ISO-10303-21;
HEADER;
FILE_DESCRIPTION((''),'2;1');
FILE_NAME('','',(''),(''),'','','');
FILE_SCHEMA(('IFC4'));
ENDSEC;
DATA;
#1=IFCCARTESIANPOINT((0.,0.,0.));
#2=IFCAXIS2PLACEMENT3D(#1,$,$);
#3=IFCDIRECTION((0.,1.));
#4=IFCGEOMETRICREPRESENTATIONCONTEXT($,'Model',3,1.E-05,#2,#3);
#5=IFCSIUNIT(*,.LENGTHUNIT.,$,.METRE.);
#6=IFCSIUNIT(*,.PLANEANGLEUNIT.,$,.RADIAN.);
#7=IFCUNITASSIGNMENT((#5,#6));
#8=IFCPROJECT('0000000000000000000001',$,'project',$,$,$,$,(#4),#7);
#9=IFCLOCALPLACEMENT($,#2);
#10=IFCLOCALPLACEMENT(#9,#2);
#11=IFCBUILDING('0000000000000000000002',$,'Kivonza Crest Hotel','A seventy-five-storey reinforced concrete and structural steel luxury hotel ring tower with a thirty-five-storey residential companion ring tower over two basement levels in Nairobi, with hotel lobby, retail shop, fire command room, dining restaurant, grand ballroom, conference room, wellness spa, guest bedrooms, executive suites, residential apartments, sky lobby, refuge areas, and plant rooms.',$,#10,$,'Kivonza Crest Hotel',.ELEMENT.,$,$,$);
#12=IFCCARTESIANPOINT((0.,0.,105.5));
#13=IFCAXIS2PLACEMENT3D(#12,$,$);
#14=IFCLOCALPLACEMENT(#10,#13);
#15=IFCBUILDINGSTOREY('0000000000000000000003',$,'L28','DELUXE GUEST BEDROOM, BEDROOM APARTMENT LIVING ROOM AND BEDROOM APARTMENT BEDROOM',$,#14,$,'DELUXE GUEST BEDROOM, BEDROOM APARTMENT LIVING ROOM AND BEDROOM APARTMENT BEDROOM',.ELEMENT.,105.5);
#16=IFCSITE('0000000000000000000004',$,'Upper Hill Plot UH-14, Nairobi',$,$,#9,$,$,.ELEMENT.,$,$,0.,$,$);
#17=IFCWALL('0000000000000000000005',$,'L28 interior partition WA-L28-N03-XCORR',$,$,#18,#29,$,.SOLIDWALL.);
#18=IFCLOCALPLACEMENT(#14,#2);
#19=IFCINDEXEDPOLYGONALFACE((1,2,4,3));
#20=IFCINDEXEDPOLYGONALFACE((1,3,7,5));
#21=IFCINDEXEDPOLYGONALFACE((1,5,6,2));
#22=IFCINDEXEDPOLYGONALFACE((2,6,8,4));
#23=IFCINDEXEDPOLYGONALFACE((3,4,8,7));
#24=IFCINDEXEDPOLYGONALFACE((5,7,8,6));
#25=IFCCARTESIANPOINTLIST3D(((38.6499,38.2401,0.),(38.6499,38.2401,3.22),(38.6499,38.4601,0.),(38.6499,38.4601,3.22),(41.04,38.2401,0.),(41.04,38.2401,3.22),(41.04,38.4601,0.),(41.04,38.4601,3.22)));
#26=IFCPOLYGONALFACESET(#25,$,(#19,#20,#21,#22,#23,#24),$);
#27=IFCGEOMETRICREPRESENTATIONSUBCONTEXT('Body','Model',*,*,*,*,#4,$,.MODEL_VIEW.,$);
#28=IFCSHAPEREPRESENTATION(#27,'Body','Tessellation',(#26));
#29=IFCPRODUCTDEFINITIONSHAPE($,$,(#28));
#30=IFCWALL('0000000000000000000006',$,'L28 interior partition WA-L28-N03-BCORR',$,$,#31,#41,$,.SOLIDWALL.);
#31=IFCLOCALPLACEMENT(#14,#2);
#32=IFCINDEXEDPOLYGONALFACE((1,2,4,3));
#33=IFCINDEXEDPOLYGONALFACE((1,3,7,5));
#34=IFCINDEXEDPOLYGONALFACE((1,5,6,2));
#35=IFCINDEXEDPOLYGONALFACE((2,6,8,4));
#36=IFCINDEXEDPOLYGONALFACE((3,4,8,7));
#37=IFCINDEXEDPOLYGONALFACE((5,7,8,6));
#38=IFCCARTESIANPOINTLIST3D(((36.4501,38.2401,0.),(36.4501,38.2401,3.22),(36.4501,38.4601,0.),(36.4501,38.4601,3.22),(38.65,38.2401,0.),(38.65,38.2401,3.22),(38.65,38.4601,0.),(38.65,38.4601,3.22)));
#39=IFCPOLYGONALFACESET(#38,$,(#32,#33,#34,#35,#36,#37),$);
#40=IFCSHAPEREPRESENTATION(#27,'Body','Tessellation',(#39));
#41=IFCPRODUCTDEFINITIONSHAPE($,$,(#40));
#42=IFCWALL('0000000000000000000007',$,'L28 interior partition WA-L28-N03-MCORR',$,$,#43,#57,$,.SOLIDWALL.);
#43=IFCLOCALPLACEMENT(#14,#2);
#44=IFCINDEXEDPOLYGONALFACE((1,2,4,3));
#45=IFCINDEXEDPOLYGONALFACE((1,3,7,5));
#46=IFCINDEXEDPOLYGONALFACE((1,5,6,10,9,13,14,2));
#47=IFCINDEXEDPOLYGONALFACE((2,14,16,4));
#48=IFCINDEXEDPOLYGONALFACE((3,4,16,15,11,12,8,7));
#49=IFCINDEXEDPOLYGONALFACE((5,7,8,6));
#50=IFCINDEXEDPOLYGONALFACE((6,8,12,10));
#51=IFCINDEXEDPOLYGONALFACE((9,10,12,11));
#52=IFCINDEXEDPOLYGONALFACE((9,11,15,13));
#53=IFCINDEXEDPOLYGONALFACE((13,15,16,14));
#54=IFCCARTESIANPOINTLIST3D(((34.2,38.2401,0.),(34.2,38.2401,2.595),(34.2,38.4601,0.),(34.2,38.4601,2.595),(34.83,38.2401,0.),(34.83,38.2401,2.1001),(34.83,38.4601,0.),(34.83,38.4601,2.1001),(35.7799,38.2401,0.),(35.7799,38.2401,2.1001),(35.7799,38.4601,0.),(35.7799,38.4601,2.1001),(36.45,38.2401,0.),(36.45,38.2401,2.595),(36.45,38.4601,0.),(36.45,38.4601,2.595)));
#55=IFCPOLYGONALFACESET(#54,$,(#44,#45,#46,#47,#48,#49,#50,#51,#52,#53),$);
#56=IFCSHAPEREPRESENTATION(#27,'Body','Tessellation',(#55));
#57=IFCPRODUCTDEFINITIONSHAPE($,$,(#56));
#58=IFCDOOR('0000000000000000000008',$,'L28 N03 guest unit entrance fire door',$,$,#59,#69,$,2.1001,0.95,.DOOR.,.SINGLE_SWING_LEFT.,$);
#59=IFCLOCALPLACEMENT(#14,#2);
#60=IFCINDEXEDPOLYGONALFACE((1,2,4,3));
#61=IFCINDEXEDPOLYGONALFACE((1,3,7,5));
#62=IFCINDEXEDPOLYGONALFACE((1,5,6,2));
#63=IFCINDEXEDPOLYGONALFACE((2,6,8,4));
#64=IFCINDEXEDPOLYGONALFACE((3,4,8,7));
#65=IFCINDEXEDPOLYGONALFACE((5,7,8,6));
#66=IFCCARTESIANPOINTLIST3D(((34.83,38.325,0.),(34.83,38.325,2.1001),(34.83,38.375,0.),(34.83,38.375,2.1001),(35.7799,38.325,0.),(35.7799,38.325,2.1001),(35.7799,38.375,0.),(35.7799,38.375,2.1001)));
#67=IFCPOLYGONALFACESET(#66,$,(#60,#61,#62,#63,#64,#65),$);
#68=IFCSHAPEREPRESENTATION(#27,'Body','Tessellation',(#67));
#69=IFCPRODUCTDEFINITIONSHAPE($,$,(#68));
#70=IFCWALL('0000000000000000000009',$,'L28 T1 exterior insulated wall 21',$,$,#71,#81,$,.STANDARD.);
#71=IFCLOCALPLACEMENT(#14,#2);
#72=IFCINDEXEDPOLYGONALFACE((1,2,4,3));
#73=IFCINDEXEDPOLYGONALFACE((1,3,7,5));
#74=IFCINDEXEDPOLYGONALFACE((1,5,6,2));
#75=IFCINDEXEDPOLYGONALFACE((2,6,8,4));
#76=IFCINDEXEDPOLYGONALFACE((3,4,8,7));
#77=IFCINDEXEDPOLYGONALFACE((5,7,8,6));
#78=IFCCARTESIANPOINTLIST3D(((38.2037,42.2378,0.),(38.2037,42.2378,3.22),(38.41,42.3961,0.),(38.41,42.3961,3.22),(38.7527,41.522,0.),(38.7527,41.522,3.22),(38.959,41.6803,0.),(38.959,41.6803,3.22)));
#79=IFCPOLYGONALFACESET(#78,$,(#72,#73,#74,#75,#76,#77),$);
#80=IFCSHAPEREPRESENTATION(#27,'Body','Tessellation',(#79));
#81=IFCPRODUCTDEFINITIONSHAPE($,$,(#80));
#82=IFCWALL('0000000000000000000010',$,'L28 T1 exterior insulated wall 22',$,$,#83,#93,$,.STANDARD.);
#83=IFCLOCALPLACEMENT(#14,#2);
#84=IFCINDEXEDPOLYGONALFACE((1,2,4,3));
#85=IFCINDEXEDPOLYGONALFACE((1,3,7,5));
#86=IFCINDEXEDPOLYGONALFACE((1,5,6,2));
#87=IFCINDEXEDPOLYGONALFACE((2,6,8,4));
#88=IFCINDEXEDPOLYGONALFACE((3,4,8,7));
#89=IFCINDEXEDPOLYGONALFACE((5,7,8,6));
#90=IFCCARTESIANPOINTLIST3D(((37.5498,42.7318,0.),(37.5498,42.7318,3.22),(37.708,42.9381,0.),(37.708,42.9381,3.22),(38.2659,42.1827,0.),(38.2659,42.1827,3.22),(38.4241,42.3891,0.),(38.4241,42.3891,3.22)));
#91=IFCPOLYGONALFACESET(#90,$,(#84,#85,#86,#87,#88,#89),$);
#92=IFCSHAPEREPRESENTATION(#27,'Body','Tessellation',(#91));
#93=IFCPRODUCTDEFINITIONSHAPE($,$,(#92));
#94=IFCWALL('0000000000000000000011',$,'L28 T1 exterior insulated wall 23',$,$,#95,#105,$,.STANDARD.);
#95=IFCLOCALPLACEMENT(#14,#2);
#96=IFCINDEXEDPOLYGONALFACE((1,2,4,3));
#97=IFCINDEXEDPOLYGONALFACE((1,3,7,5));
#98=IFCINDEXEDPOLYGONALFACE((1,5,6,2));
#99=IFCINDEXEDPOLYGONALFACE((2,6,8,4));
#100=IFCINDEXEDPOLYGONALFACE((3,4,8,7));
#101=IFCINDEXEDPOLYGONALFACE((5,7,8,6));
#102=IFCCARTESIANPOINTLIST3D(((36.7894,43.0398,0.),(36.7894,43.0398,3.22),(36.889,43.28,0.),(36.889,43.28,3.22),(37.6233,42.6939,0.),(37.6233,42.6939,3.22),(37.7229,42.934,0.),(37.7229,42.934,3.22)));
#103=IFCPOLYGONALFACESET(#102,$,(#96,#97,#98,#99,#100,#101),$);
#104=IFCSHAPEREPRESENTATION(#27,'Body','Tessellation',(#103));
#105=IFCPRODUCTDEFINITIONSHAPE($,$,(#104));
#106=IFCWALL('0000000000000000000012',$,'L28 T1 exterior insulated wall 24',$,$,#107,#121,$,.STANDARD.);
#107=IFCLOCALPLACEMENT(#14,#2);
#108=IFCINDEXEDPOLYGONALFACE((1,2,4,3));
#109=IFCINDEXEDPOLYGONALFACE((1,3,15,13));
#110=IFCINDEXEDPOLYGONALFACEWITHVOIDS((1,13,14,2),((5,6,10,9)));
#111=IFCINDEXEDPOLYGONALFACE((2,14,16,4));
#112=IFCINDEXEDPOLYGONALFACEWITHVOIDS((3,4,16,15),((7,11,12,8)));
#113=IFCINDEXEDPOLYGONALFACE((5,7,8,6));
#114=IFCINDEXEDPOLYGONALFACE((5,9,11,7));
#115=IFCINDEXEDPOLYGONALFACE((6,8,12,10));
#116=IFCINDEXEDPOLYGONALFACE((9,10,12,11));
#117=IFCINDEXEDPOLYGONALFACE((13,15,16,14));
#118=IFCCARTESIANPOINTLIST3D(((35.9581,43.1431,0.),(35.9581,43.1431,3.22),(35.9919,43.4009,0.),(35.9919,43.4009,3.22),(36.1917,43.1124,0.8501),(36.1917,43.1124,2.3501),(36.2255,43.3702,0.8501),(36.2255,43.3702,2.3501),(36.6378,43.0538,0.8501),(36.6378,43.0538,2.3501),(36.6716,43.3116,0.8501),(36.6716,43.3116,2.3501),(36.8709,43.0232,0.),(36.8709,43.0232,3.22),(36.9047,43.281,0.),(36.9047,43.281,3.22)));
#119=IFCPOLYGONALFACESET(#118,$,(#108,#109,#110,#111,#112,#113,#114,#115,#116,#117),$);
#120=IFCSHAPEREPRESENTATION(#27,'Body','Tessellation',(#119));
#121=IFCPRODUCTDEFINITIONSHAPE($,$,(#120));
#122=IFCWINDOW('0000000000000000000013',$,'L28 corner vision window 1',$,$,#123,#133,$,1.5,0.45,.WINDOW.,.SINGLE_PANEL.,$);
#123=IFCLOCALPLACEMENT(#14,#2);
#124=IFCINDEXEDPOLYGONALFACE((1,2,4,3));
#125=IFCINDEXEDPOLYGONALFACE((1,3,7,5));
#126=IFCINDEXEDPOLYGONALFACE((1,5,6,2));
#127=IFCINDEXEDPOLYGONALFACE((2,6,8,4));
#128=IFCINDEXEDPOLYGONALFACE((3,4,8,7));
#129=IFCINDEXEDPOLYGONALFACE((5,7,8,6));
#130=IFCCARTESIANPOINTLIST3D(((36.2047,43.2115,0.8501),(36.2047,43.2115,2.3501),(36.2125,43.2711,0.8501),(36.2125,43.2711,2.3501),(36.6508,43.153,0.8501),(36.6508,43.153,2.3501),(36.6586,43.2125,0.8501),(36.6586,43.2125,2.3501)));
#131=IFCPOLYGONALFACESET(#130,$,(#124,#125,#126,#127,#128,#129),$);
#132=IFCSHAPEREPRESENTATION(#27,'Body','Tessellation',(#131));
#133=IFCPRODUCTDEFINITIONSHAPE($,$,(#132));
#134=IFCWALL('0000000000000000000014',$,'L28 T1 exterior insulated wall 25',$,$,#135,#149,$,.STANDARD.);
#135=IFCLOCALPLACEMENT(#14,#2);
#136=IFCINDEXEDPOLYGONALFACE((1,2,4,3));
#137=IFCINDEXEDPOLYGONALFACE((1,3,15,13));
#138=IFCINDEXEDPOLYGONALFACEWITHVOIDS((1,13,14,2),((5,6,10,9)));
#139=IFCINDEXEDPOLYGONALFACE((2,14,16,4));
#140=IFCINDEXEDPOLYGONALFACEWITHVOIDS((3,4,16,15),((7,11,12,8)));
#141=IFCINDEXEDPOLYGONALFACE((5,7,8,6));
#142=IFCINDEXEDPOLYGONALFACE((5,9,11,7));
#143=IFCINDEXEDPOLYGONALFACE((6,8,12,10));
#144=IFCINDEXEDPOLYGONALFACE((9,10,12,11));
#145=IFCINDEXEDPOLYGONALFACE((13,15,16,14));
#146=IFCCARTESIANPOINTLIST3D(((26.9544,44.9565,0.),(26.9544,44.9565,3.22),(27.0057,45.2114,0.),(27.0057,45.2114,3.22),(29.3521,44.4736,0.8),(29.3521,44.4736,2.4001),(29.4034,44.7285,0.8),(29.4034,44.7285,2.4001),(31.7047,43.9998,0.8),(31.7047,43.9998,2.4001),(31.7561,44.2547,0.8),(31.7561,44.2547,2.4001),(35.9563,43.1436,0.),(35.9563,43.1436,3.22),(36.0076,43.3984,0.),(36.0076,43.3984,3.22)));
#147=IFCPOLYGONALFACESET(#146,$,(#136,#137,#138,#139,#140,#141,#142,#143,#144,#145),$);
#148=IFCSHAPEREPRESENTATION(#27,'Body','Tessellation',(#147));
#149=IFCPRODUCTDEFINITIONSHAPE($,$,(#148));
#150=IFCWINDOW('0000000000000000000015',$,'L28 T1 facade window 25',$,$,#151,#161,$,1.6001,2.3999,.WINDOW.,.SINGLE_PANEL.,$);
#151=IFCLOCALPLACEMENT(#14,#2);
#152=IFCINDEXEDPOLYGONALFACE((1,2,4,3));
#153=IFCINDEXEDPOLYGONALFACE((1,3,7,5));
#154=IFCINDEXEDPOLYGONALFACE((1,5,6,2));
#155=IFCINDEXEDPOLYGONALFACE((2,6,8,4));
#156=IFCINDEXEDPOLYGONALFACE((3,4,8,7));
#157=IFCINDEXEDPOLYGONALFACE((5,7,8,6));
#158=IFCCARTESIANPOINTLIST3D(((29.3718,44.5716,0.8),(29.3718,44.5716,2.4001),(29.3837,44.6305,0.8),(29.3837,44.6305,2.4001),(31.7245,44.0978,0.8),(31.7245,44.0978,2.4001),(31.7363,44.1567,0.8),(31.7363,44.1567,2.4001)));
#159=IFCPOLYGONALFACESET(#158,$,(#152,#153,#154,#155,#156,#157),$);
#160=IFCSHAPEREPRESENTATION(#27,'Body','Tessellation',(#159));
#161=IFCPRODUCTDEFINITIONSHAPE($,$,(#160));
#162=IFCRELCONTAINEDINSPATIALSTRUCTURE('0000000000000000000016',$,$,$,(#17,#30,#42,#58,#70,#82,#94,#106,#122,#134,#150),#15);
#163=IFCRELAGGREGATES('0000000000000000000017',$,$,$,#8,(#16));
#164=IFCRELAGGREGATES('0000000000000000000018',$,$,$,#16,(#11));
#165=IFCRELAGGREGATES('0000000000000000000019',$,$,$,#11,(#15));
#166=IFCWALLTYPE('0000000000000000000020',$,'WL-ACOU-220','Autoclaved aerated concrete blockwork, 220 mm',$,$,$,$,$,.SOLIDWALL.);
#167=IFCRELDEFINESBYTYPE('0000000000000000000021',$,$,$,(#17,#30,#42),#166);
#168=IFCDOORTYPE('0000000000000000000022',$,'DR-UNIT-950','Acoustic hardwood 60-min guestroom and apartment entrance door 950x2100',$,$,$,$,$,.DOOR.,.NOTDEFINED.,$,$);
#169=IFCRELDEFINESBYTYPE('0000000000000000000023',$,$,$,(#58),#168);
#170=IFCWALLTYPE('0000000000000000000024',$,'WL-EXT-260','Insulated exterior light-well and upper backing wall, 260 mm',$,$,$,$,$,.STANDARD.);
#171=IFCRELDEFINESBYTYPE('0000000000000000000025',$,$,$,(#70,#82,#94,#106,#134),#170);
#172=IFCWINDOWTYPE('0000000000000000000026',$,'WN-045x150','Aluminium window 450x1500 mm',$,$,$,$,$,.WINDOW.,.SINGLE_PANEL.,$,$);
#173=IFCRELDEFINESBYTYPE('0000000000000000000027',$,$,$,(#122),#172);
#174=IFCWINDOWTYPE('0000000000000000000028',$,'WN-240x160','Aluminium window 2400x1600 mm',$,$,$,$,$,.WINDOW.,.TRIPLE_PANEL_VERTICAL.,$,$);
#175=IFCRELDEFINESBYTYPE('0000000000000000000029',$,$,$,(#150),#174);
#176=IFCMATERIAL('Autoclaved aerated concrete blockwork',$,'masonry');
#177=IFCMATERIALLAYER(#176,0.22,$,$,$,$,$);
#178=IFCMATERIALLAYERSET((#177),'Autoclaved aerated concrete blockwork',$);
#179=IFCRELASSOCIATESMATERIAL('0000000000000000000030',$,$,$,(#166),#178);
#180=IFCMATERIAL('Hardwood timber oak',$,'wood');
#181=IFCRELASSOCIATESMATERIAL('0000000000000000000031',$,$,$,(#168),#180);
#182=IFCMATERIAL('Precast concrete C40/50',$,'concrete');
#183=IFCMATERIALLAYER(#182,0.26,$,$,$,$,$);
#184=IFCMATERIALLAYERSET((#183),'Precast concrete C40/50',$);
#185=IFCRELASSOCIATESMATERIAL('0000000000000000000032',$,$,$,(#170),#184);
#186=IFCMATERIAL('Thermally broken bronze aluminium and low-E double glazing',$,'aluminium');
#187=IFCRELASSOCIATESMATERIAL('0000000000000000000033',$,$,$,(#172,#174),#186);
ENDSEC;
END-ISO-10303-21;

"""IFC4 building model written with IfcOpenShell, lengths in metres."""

from ifc_helpers import new_model, si_unit, direction, frame, frame_2d, origin, place, context, subcontext, project, spatial, rectangle, extrude, material, layer, layer_set, type_object, element, fill, save


model = new_model("IFC4")

# Units and contexts
model_context = context("Model", 3, precision=1e-05, world=origin(), true_north=direction((0.0, 1.0)))
body_context = subcontext(model_context, "Body", "Model", "MODEL_VIEW")
ifc_project = project(units=[si_unit("LENGTHUNIT", "METRE"), si_unit("PLANEANGLEUNIT", "RADIAN")], contexts=[model_context])

# Site, building, storey
site_placement = place(None, origin())
site = spatial("IfcSite", under=ifc_project, at=site_placement, Name="Upper Hill Plot UH-14, Nairobi", CompositionType="ELEMENT", RefElevation=0.0)
building_placement = place(site_placement, origin())
building = spatial("IfcBuilding", under=site, at=building_placement, Name="Kivonza Crest Hotel", Description="A seventy-five-storey reinforced concrete and structural steel luxury hotel ring tower with a thirty-five-storey residential companion ring tower over two basement levels in Nairobi, with hotel lobby, retail shop, fire command room, dining restaurant, grand ballroom, conference room, wellness spa, guest bedrooms, executive suites, residential apartments, sky lobby, refuge areas, and plant rooms.", LongName="Kivonza Crest Hotel", CompositionType="ELEMENT")
storey_placement = place(building_placement, frame((0.0, 0.0, 105.5)))
storey = spatial("IfcBuildingStorey", under=building, at=storey_placement, Name="L28", Description="DELUXE GUEST BEDROOM, BEDROOM APARTMENT LIVING ROOM AND BEDROOM APARTMENT BEDROOM", LongName="DELUXE GUEST BEDROOM, BEDROOM APARTMENT LIVING ROOM AND BEDROOM APARTMENT BEDROOM", CompositionType="ELEMENT", Elevation=105.5)

# Shared definitions
ifc_material_1 = material(Name="Autoclaved aerated concrete blockwork", Category="masonry")
ifc_layer_1 = layer(ifc_material_1, 0.22)
ifc_layer_set_1 = layer_set([ifc_layer_1], Name="Autoclaved aerated concrete blockwork")
wall_type_1 = type_object("IfcWallType", Name="WL-ACOU-220", Description="Autoclaved aerated concrete blockwork, 220 mm", PredefinedType="SOLIDWALL", material=ifc_layer_set_1)
ifc_material_2 = material(Name="Hardwood timber oak", Category="wood")
door_type_1 = type_object("IfcDoorType", Name="DR-UNIT-950", Description="Acoustic hardwood 60-min guestroom and apartment entrance door 950x2100", OperationType="NOTDEFINED", PredefinedType="DOOR", material=ifc_material_2)

# Walls
wall_1_placement = place(storey_placement, frame((38.6499, 38.3501, 0.0), z_axis=(0.0, 0.0, 1.0), x_axis=(1.0, 0.0, 0.0)))
element("IfcWall", 1, at=wall_1_placement, inside=storey, type_object=wall_type_1, Name="L28 interior partition WA-L28-N03-XCORR", PredefinedType="SOLIDWALL", context=body_context, shape_type="SweptSolid", body=[
    extrude(rectangle(XDim=2.3901, YDim=0.22, at=frame_2d((1.1951, 0.0))), origin(), (0.0, 0.0, 1.0), 3.22),
])
wall_2_placement = place(storey_placement, frame((36.45, 38.3501, 0.0), z_axis=(0.0, 0.0, 1.0), x_axis=(1.0, 0.0, 0.0)))
element("IfcWall", 2, at=wall_2_placement, inside=storey, type_object=wall_type_1, Name="L28 interior partition WA-L28-N03-BCORR", PredefinedType="SOLIDWALL", context=body_context, shape_type="SweptSolid", body=[
    extrude(rectangle(XDim=2.2, YDim=0.22, at=frame_2d((1.1001, 0.0))), origin(), (0.0, 0.0, 1.0), 3.22),
])

# Wall, opening, door
wall_3_placement = place(storey_placement, frame((34.2, 38.3501, 0.0), z_axis=(0.0, 0.0, 1.0), x_axis=(1.0, 0.0, 0.0)))
wall_3 = element("IfcWall", 3, at=wall_3_placement, inside=storey, type_object=wall_type_1, Name="L28 interior partition WA-L28-N03-MCORR", PredefinedType="SOLIDWALL", context=body_context, shape_type="SweptSolid", body=[
    extrude(rectangle(XDim=2.25, YDim=0.22, at=frame_2d((1.125, 0.0))), origin(), (0.0, 0.0, 1.0), 2.595),
])
opening_1_placement = place(wall_3_placement, frame((0.6299, 0.0, 0.0)))
opening_1 = element("IfcOpeningElement", 4, at=opening_1_placement, cuts=wall_3, PredefinedType="OPENING", context=body_context, shape_type="SweptSolid", body=[
    extrude(rectangle(XDim=0.95, YDim=2.1001, at=frame_2d((0.4751, 1.05))), frame((0.0, 0.1201, 0.0), z_axis=(0.0, -1.0, 0.0), x_axis=(1.0, 0.0, 0.0)), (0.0, 0.0, 1.0), 0.24),
])
door_1_placement = place(opening_1_placement, origin())
door_1 = element("IfcDoor", 5, at=door_1_placement, inside=storey, type_object=door_type_1, Name="L28 N03 guest unit entrance fire door", OperationType="SINGLE_SWING_LEFT", OverallHeight=2.1001, OverallWidth=0.95, PredefinedType="DOOR", context=body_context, shape_type="SweptSolid", body=[
    extrude(rectangle(XDim=0.95, YDim=2.1001, at=frame_2d((0.4751, 1.05))), frame((0.0, 0.0249, 0.0), z_axis=(0.0, -1.0, 0.0), x_axis=(1.0, 0.0, 0.0)), (0.0, 0.0, 1.0), 0.05),
])
fill(opening_1, door_1)

# Walls
ifc_material_3 = material(Name="Precast concrete C40/50", Category="concrete")
ifc_layer_2 = layer(ifc_material_3, 0.26)
ifc_layer_set_2 = layer_set([ifc_layer_2], Name="Precast concrete C40/50")
wall_type_2 = type_object("IfcWallType", Name="WL-EXT-260", Description="Insulated exterior light-well and upper backing wall, 260 mm", PredefinedType="STANDARD", material=ifc_layer_set_2)
wall_4_placement = place(storey_placement, frame((38.856, 41.6011, 0.0), z_axis=(0.0, 0.0, 1.0), x_axis=(-0.608625, 0.793458, 0.0)))
element("IfcWall", 6, at=wall_4_placement, inside=storey, type_object=wall_type_2, Name="L28 T1 exterior insulated wall 21", PredefinedType="STANDARD", context=body_context, shape_type="SweptSolid", body=[
    extrude(rectangle(XDim=0.9021, YDim=0.26, at=frame_2d((0.4512, 0.0))), origin(), (0.0, 0.0, 1.0), 3.22),
])
wall_5_placement = place(storey_placement, frame((38.345, 42.2859, 0.0), z_axis=(0.0, 0.0, 1.0), x_axis=(-0.793558, 0.608494, 0.0)))
element("IfcWall", 7, at=wall_5_placement, inside=storey, type_object=wall_type_2, Name="L28 T1 exterior insulated wall 22", PredefinedType="STANDARD", context=body_context, shape_type="SweptSolid", body=[
    extrude(rectangle(XDim=0.9023, YDim=0.26, at=frame_2d((0.4512, 0.0))), origin(), (0.0, 0.0, 1.0), 3.22),
])
wall_6_placement = place(storey_placement, frame((37.6731, 42.814, 0.0), z_axis=(0.0, 0.0, 1.0), x_axis=(-0.923684, 0.383156, 0.0)))
element("IfcWall", 8, at=wall_6_placement, inside=storey, type_object=wall_type_2, Name="L28 T1 exterior insulated wall 23", PredefinedType="STANDARD", context=body_context, shape_type="SweptSolid", body=[
    extrude(rectangle(XDim=0.9028, YDim=0.26, at=frame_2d((0.4514, 0.0))), origin(), (0.0, 0.0, 1.0), 3.22),
])

# Walls, openings, windows
wall_7_placement = place(storey_placement, frame((36.8879, 43.1521, 0.0), z_axis=(0.0, 0.0, 1.0), x_axis=(-0.991488, 0.130201, 0.0)))
wall_7 = element("IfcWall", 9, at=wall_7_placement, inside=storey, type_object=wall_type_2, Name="L28 T1 exterior insulated wall 24", PredefinedType="STANDARD", context=body_context, shape_type="SweptSolid", body=[
    extrude(rectangle(XDim=0.9207, YDim=0.26, at=frame_2d((0.4604, 0.0))), origin(), (0.0, 0.0, 1.0), 3.22),
])
opening_2_placement = place(wall_7_placement, frame((0.2351, 0.0, 0.8501)))
opening_2 = element("IfcOpeningElement", 10, at=opening_2_placement, cuts=wall_7, PredefinedType="OPENING", context=body_context, shape_type="SweptSolid", body=[
    extrude(rectangle(XDim=0.45, YDim=1.5, at=frame_2d((0.2251, 0.75))), frame((0.0, 0.1401, 0.0), z_axis=(0.0, -1.0, 0.0), x_axis=(1.0, 0.0, 0.0)), (0.0, 0.0, 1.0), 0.28),
])
ifc_material_4 = material(Name="Thermally broken bronze aluminium and low-E double glazing", Category="aluminium")
window_type_1 = type_object("IfcWindowType", Name="WN-045x150", Description="Aluminium window 450x1500 mm", PartitioningType="SINGLE_PANEL", PredefinedType="WINDOW", material=ifc_material_4)
window_1_placement = place(opening_2_placement, origin())
window_1 = element("IfcWindow", 11, at=window_1_placement, inside=storey, type_object=window_type_1, Name="L28 corner vision window 1", OverallHeight=1.5, OverallWidth=0.45, PartitioningType="SINGLE_PANEL", PredefinedType="WINDOW", context=body_context, shape_type="SweptSolid", body=[
    extrude(rectangle(XDim=0.45, YDim=1.5, at=frame_2d((0.2251, 0.75))), frame((0.0, 0.03, 0.0), z_axis=(0.0, -1.0, 0.0), x_axis=(1.0, 0.0, 0.0)), (0.0, 0.0, 1.0), 0.0601),
])
fill(opening_2, window_1)
wall_8_placement = place(storey_placement, frame((35.9819, 43.271, 0.0), z_axis=(0.0, 0.0, 1.0), x_axis=(-0.980316, 0.197435, 0.0)))
wall_8 = element("IfcWall", 12, at=wall_8_placement, inside=storey, type_object=wall_type_2, Name="L28 T1 exterior insulated wall 25", PredefinedType="STANDARD", context=body_context, shape_type="SweptSolid", body=[
    extrude(rectangle(XDim=9.1826, YDim=0.26, at=frame_2d((4.5913, 0.0))), origin(), (0.0, 0.0, 1.0), 3.22),
])
opening_3_placement = place(wall_8_placement, frame((4.3369, 0.0, 0.8)))
opening_3 = element("IfcOpeningElement", 13, at=opening_3_placement, cuts=wall_8, PredefinedType="OPENING", context=body_context, shape_type="SweptSolid", body=[
    extrude(rectangle(XDim=2.3999, YDim=1.6001, at=frame_2d((1.2, 0.8))), frame((0.0, 0.1401, 0.0), z_axis=(0.0, -1.0, 0.0), x_axis=(1.0, 0.0, 0.0)), (0.0, 0.0, 1.0), 0.28),
])
window_type_2 = type_object("IfcWindowType", Name="WN-240x160", Description="Aluminium window 2400x1600 mm", PartitioningType="TRIPLE_PANEL_VERTICAL", PredefinedType="WINDOW", material=ifc_material_4)
window_2_placement = place(opening_3_placement, origin())
window_2 = element("IfcWindow", 14, at=window_2_placement, inside=storey, type_object=window_type_2, Name="L28 T1 facade window 25", OverallHeight=1.6001, OverallWidth=2.3999, PartitioningType="SINGLE_PANEL", PredefinedType="WINDOW", context=body_context, shape_type="SweptSolid", body=[
    extrude(rectangle(XDim=2.3999, YDim=1.6001, at=frame_2d((1.2, 0.8))), frame((0.0, 0.03, 0.0), z_axis=(0.0, -1.0, 0.0), x_axis=(1.0, 0.0, 0.0)), (0.0, 0.0, 1.0), 0.0601),
])
fill(opening_3, window_2)

save(model, "model.ifc")
